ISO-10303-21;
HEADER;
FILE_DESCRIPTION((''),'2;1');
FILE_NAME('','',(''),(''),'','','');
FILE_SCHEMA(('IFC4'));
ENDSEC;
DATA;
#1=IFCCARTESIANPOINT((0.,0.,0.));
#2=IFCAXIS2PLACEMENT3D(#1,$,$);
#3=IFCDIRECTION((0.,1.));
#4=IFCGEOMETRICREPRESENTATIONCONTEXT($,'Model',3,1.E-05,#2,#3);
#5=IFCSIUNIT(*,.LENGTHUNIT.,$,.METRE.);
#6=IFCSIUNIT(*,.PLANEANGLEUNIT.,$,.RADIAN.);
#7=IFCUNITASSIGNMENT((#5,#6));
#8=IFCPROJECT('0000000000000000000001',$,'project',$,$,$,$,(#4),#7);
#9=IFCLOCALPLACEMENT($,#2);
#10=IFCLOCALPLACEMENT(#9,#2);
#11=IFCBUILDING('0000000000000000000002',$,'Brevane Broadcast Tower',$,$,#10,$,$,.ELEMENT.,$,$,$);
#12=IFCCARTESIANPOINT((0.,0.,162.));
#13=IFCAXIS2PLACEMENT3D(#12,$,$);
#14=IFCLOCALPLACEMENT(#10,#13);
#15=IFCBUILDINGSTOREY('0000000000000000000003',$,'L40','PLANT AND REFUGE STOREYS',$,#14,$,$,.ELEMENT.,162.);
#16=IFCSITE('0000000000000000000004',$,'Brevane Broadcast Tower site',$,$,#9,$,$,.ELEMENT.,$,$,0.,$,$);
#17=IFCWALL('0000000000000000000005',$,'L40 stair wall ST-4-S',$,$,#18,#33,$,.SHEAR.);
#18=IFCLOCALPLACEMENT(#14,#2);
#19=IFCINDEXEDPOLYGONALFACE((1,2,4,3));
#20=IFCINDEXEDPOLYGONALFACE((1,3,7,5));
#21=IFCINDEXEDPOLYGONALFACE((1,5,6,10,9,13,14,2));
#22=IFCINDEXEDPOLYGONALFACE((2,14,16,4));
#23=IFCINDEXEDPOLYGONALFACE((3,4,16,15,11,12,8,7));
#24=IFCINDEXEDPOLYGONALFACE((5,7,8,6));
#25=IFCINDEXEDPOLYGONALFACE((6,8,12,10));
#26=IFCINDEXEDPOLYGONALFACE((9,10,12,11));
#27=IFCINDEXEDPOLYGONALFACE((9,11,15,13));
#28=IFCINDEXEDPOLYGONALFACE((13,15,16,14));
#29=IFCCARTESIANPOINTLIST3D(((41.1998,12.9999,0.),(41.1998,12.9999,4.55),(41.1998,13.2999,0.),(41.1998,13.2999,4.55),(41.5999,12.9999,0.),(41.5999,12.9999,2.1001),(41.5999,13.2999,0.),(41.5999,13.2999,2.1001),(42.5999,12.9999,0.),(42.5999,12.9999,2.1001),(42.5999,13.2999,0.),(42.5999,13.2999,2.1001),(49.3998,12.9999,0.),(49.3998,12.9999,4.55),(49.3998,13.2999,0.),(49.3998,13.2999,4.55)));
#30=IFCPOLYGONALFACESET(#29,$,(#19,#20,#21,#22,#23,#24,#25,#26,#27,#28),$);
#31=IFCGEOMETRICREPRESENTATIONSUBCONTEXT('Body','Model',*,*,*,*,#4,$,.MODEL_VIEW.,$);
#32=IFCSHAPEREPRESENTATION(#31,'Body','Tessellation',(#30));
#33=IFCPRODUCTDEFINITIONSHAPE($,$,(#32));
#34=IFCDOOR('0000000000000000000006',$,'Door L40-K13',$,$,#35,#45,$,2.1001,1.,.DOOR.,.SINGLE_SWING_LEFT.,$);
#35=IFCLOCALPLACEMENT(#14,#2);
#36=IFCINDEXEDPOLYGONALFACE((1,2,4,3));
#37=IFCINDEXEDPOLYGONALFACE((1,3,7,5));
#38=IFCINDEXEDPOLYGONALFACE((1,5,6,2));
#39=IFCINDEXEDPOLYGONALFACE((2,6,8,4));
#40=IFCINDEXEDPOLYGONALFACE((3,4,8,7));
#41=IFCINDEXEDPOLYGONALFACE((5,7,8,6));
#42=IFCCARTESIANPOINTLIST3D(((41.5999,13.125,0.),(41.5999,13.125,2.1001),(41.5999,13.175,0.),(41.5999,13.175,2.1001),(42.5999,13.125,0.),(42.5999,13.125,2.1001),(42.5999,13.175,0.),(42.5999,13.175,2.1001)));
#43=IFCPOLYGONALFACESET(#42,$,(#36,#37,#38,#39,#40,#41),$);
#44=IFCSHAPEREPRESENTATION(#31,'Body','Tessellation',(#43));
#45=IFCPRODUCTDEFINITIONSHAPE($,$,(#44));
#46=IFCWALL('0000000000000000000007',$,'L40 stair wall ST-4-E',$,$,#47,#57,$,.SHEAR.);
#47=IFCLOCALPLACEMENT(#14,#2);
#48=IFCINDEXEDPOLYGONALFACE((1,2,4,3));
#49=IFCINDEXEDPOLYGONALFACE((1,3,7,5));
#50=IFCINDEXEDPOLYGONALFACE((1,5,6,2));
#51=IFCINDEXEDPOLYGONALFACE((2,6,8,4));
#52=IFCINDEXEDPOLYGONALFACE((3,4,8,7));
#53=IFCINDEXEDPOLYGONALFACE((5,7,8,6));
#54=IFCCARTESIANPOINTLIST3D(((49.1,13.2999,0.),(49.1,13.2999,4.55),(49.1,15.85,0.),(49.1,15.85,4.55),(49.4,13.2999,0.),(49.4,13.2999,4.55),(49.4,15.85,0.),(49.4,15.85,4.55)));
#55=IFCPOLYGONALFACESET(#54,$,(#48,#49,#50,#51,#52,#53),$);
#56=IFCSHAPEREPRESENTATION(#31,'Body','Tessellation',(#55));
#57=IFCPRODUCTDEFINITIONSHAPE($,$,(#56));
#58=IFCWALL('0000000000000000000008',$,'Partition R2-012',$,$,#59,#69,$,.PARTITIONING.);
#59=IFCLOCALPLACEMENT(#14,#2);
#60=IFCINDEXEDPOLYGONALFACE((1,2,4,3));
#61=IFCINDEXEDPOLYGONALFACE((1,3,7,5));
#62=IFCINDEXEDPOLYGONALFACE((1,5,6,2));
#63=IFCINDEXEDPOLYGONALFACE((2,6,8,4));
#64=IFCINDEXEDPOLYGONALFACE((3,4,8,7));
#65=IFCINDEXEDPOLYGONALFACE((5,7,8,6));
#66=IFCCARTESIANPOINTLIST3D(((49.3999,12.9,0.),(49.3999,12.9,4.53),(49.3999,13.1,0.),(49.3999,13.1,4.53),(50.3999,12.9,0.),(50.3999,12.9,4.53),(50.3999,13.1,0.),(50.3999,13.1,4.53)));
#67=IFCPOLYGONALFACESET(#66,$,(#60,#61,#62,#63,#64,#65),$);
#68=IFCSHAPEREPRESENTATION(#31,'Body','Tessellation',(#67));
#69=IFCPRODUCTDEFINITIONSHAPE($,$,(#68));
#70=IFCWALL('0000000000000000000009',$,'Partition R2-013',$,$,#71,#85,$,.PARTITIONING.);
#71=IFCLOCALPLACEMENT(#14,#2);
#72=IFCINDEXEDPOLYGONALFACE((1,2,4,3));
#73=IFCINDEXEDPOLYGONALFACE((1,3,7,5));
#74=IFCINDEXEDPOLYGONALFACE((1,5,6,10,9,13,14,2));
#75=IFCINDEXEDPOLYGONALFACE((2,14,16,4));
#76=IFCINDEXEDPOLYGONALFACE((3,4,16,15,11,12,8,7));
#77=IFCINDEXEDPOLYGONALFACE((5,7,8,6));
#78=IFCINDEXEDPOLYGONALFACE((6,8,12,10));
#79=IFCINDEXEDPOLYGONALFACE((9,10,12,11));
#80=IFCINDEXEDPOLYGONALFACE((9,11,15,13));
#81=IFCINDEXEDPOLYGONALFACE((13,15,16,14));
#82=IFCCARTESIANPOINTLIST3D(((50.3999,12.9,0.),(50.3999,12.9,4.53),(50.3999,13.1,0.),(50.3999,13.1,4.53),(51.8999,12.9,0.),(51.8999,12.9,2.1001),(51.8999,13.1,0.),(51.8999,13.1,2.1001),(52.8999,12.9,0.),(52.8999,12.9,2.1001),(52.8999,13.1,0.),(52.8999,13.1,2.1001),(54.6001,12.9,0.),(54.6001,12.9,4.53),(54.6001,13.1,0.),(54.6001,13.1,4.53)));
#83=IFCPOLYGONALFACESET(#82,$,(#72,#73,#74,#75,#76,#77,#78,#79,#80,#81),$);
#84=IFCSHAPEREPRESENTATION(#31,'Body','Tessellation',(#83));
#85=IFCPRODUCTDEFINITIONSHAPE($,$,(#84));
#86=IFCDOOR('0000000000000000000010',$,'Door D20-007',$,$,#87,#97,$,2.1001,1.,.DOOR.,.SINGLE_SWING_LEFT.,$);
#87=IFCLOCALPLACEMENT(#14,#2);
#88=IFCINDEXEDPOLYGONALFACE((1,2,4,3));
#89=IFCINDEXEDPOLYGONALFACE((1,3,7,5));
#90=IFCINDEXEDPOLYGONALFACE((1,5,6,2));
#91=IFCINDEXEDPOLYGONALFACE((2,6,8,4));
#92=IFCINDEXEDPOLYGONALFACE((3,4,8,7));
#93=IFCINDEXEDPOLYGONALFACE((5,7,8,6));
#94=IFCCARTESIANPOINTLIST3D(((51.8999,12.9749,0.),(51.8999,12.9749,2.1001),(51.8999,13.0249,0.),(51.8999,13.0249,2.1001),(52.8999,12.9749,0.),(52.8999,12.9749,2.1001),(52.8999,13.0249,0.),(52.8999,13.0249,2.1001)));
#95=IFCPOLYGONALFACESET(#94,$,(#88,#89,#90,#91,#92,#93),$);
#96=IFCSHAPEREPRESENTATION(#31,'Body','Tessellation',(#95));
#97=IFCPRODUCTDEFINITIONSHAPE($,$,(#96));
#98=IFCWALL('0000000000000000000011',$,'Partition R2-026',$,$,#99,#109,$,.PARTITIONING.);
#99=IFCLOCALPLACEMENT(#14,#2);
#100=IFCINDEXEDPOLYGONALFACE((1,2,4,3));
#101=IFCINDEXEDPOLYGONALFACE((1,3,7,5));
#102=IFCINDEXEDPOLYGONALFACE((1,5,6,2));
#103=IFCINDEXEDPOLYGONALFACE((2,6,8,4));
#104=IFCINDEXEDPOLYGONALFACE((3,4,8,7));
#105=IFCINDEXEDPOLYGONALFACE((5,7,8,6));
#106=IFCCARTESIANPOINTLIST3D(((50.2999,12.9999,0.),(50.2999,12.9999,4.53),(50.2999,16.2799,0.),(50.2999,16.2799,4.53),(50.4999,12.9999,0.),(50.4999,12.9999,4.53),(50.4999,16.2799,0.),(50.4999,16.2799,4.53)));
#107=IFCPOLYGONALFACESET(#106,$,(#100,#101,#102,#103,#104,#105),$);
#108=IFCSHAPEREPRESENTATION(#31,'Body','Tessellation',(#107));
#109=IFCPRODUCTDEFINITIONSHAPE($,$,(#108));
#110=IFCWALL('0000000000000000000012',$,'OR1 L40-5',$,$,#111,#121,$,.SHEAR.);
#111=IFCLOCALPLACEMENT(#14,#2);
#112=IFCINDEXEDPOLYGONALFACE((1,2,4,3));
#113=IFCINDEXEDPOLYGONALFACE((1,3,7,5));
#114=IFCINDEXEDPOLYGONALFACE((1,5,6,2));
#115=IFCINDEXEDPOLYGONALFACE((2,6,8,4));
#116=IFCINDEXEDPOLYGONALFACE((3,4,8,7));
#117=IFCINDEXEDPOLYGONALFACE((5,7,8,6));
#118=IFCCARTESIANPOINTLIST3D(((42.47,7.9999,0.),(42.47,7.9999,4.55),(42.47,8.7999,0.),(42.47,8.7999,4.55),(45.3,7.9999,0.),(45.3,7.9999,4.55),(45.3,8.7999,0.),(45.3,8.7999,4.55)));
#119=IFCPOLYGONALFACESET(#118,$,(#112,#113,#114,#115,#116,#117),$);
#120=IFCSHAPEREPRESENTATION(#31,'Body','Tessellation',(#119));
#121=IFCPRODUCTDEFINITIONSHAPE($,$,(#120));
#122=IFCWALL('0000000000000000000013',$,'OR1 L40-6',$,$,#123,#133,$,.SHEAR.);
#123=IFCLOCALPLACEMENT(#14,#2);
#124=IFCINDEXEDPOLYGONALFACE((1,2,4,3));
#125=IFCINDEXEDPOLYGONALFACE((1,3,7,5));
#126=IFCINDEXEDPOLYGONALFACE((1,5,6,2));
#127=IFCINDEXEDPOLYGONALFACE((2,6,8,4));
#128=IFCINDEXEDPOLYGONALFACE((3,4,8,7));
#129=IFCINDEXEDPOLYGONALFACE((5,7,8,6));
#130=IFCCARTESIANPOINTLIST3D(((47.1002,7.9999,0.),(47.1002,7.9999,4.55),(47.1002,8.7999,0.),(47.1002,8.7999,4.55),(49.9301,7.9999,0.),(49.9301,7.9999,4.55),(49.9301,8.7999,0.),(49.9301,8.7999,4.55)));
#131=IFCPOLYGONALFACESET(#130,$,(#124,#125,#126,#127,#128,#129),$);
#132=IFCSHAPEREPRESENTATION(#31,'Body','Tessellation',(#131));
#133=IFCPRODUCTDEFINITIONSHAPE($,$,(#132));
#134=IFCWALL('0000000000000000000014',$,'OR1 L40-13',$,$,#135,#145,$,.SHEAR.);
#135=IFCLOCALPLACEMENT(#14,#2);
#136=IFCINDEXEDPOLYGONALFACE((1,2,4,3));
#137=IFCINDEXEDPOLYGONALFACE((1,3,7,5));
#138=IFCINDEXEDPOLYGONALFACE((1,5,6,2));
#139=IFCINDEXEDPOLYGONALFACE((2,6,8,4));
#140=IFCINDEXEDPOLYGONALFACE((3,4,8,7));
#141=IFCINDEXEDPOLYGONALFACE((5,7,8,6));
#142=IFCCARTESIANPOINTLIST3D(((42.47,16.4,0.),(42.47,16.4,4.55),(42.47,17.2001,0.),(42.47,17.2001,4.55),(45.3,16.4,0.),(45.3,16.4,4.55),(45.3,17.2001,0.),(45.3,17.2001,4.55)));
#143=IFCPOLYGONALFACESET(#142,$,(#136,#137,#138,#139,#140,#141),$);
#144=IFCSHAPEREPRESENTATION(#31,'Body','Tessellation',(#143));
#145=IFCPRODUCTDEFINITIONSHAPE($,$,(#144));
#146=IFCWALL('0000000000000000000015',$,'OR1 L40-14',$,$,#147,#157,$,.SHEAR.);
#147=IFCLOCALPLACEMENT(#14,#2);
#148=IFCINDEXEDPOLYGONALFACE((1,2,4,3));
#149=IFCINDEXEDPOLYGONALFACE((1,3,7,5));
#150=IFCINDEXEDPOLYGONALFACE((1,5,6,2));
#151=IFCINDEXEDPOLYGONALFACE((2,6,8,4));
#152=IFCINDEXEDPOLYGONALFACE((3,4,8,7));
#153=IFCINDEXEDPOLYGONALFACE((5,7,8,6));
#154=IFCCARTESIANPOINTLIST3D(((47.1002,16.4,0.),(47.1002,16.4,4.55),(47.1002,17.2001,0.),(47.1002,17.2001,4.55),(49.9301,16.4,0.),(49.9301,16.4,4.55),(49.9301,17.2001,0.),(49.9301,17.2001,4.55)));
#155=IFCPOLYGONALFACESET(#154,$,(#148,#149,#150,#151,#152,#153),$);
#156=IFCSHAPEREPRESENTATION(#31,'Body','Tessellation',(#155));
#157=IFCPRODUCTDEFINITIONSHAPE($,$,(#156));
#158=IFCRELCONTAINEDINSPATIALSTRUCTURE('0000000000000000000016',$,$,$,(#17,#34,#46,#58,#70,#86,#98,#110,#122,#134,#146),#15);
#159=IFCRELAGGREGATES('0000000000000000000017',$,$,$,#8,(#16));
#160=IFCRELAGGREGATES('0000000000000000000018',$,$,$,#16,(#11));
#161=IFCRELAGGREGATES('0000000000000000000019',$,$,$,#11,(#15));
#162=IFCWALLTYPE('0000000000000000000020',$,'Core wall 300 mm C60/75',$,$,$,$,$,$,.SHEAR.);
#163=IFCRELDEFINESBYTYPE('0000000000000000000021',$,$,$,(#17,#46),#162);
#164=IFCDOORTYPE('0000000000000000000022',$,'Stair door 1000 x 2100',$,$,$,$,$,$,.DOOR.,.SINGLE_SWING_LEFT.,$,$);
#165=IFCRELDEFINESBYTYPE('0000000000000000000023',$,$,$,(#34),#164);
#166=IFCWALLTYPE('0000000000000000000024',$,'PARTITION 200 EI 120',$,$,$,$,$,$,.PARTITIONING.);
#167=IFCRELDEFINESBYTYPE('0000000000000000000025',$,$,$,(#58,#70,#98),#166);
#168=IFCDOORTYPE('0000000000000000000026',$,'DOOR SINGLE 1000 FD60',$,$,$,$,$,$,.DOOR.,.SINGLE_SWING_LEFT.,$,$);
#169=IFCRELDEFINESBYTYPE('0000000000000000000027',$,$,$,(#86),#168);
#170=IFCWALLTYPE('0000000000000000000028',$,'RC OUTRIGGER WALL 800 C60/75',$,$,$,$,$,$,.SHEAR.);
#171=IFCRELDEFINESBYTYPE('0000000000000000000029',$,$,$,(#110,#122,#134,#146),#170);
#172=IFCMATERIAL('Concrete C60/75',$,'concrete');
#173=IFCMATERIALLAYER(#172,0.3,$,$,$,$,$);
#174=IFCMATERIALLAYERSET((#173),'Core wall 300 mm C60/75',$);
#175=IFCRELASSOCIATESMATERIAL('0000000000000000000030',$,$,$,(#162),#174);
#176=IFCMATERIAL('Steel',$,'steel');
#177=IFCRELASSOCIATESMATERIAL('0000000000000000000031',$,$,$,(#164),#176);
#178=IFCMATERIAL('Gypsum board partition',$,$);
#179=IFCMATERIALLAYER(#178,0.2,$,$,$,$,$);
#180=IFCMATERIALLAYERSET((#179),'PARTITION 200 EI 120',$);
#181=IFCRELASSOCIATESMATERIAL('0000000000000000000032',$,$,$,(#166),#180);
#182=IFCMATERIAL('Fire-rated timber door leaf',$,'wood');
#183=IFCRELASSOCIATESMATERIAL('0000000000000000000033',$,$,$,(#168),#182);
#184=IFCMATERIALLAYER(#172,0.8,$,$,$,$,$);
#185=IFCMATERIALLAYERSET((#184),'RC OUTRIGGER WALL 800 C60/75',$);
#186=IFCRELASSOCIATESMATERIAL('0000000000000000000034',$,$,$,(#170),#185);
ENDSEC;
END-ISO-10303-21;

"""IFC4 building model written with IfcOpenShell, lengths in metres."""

from ifc_helpers import new_model, si_unit, direction, frame, frame_2d, origin, place, context, subcontext, project, spatial, rectangle, extrude, material, layer, layer_set, type_object, element, fill, save


model = new_model("IFC4")

# Units and contexts
model_context = context("Model", 3, precision=1e-05, world=origin(), true_north=direction((0.0, 1.0)))
body_context = subcontext(model_context, "Body", "Model", "MODEL_VIEW")
ifc_project = project(units=[si_unit("LENGTHUNIT", "METRE"), si_unit("PLANEANGLEUNIT", "RADIAN")], contexts=[model_context])

# Site, building, storey
site_placement = place(None, origin())
site = spatial("IfcSite", under=ifc_project, at=site_placement, Name="Brevane Broadcast Tower site", CompositionType="ELEMENT", RefElevation=0.0)
building_placement = place(site_placement, origin())
building = spatial("IfcBuilding", under=site, at=building_placement, Name="Brevane Broadcast Tower", CompositionType="ELEMENT")
storey_placement = place(building_placement, frame((0.0, 0.0, 162.0)))
storey = spatial("IfcBuildingStorey", under=building, at=storey_placement, Name="L40", Description="PLANT AND REFUGE STOREYS", CompositionType="ELEMENT", Elevation=162.0)

# Shared definitions
ifc_material_1 = material(Name="Concrete C60/75", Category="concrete")

# Wall, opening, door
ifc_layer_1 = layer(ifc_material_1, 0.3)
ifc_layer_set_1 = layer_set([ifc_layer_1], Name="Core wall 300 mm C60/75")
wall_type_1 = type_object("IfcWallType", Name="Core wall 300 mm C60/75", PredefinedType="SHEAR", material=ifc_layer_set_1)
wall_1_placement = place(storey_placement, frame((49.3999, 13.1499, 0.0), z_axis=(0.0, 0.0, 1.0), x_axis=(-1.0, 0.0, 0.0)))
wall_1 = element("IfcWall", 1, at=wall_1_placement, inside=storey, type_object=wall_type_1, Name="L40 stair wall ST-4-S", PredefinedType="SHEAR", context=body_context, shape_type="SweptSolid", body=[
    extrude(rectangle(XDim=8.2, YDim=0.3, at=frame_2d((4.1001, 0.0))), origin(), (0.0, 0.0, 1.0), 4.55),
])
opening_1_placement = place(wall_1_placement, frame((6.8, 0.0, 0.0)))
opening_1 = element("IfcOpeningElement", 2, at=opening_1_placement, cuts=wall_1, PredefinedType="OPENING", context=body_context, shape_type="SweptSolid", body=[
    extrude(rectangle(XDim=1.0, YDim=2.1001, at=frame_2d((0.5, 1.05))), frame((0.0, 0.1599, 0.0), z_axis=(0.0, -1.0, 0.0), x_axis=(1.0, 0.0, 0.0)), (0.0, 0.0, 1.0), 0.3201),
])
ifc_material_2 = material(Name="Steel", Category="steel")
door_type_1 = type_object("IfcDoorType", Name="Stair door 1000 x 2100", OperationType="SINGLE_SWING_LEFT", PredefinedType="DOOR", material=ifc_material_2)
door_1_placement = place(opening_1_placement, origin())
door_1 = element("IfcDoor", 3, at=door_1_placement, inside=storey, type_object=door_type_1, Name="Door L40-K13", OperationType="SINGLE_SWING_LEFT", OverallHeight=2.1001, OverallWidth=1.0, PredefinedType="DOOR", context=body_context, shape_type="SweptSolid", body=[
    extrude(rectangle(XDim=1.0, YDim=2.1001, at=frame_2d((0.5, 1.05))), frame((0.0, 0.0249, 0.0), z_axis=(0.0, -1.0, 0.0), x_axis=(1.0, 0.0, 0.0)), (0.0, 0.0, 1.0), 0.05),
])
fill(opening_1, door_1)

# Walls
wall_2_placement = place(storey_placement, frame((49.25, 13.3, 0.0), z_axis=(0.0, 0.0, 1.0), x_axis=(0.0, 1.0, 0.0)))
element("IfcWall", 4, at=wall_2_placement, inside=storey, type_object=wall_type_1, Name="L40 stair wall ST-4-E", PredefinedType="SHEAR", context=body_context, shape_type="SweptSolid", body=[
    extrude(rectangle(XDim=2.55, YDim=0.3, at=frame_2d((1.2749, 0.0))), origin(), (0.0, 0.0, 1.0), 4.55),
])
ifc_material_3 = material(Name="Gypsum board partition")
ifc_layer_2 = layer(ifc_material_3, 0.2)
ifc_layer_set_2 = layer_set([ifc_layer_2], Name="PARTITION 200 EI 120")
wall_type_2 = type_object("IfcWallType", Name="PARTITION 200 EI 120", PredefinedType="PARTITIONING", material=ifc_layer_set_2)
wall_3_placement = place(storey_placement, frame((49.3999, 13.0, 0.0), z_axis=(0.0, 0.0, 1.0), x_axis=(1.0, 0.0, 0.0)))
element("IfcWall", 5, at=wall_3_placement, inside=storey, type_object=wall_type_2, Name="Partition R2-012", PredefinedType="PARTITIONING", context=body_context, shape_type="SweptSolid", body=[
    extrude(rectangle(XDim=1.0, YDim=0.2, at=frame_2d((0.5, 0.0))), origin(), (0.0, 0.0, 1.0), 4.53),
])

# Wall, opening, door
wall_4_placement = place(storey_placement, frame((50.3999, 13.0, 0.0), z_axis=(0.0, 0.0, 1.0), x_axis=(1.0, 0.0, 0.0)))
wall_4 = element("IfcWall", 6, at=wall_4_placement, inside=storey, type_object=wall_type_2, Name="Partition R2-013", PredefinedType="PARTITIONING", context=body_context, shape_type="SweptSolid", body=[
    extrude(rectangle(XDim=4.2002, YDim=0.2, at=frame_2d((2.1001, 0.0))), origin(), (0.0, 0.0, 1.0), 4.53),
])
opening_2_placement = place(wall_4_placement, frame((1.5, 0.0, 0.0)))
opening_2 = element("IfcOpeningElement", 7, at=opening_2_placement, cuts=wall_4, PredefinedType="OPENING", context=body_context, shape_type="SweptSolid", body=[
    extrude(rectangle(XDim=1.0, YDim=2.1001, at=frame_2d((0.5, 1.05))), frame((0.0, 0.1099, 0.0), z_axis=(0.0, -1.0, 0.0), x_axis=(1.0, 0.0, 0.0)), (0.0, 0.0, 1.0), 0.22),
])
ifc_material_4 = material(Name="Fire-rated timber door leaf", Category="wood")
door_type_2 = type_object("IfcDoorType", Name="DOOR SINGLE 1000 FD60", OperationType="SINGLE_SWING_LEFT", PredefinedType="DOOR", material=ifc_material_4)
door_2_placement = place(opening_2_placement, origin())
door_2 = element("IfcDoor", 8, at=door_2_placement, inside=storey, type_object=door_type_2, Name="Door D20-007", OperationType="SINGLE_SWING_LEFT", OverallHeight=2.1001, OverallWidth=1.0, PredefinedType="DOOR", context=body_context, shape_type="SweptSolid", body=[
    extrude(rectangle(XDim=1.0, YDim=2.1001, at=frame_2d((0.5, 1.05))), frame((0.0, 0.0249, 0.0), z_axis=(0.0, -1.0, 0.0), x_axis=(1.0, 0.0, 0.0)), (0.0, 0.0, 1.0), 0.05),
])
fill(opening_2, door_2)

# Walls
wall_5_placement = place(storey_placement, frame((50.3999, 16.28, 0.0), z_axis=(0.0, 0.0, 1.0), x_axis=(0.0, -1.0, 0.0)))
element("IfcWall", 9, at=wall_5_placement, inside=storey, type_object=wall_type_2, Name="Partition R2-026", PredefinedType="PARTITIONING", context=body_context, shape_type="SweptSolid", body=[
    extrude(rectangle(XDim=3.28, YDim=0.2, at=frame_2d((1.6401, 0.0))), origin(), (0.0, 0.0, 1.0), 4.53),
])
ifc_layer_3 = layer(ifc_material_1, 0.8)
ifc_layer_set_3 = layer_set([ifc_layer_3], Name="RC OUTRIGGER WALL 800 C60/75")
wall_type_3 = type_object("IfcWallType", Name="RC OUTRIGGER WALL 800 C60/75", PredefinedType="SHEAR", material=ifc_layer_set_3)
wall_6_placement = place(storey_placement, frame((42.47, 8.3999, 0.0), z_axis=(0.0, 0.0, 1.0), x_axis=(1.0, 0.0, 0.0)))
element("IfcWall", 10, at=wall_6_placement, inside=storey, type_object=wall_type_3, Name="OR1 L40-5", PredefinedType="SHEAR", context=body_context, shape_type="SweptSolid", body=[
    extrude(rectangle(XDim=2.8301, YDim=0.8, at=frame_2d((1.415, 0.0))), origin(), (0.0, 0.0, 1.0), 4.55),
])
wall_7_placement = place(storey_placement, frame((47.1001, 8.3999, 0.0), z_axis=(0.0, 0.0, 1.0), x_axis=(1.0, 0.0, 0.0)))
element("IfcWall", 11, at=wall_7_placement, inside=storey, type_object=wall_type_3, Name="OR1 L40-6", PredefinedType="SHEAR", context=body_context, shape_type="SweptSolid", body=[
    extrude(rectangle(XDim=2.8298, YDim=0.8, at=frame_2d((1.415, 0.0))), origin(), (0.0, 0.0, 1.0), 4.55),
])
wall_8_placement = place(storey_placement, frame((42.47, 16.8, 0.0), z_axis=(0.0, 0.0, 1.0), x_axis=(1.0, 0.0, 0.0)))
element("IfcWall", 12, at=wall_8_placement, inside=storey, type_object=wall_type_3, Name="OR1 L40-13", PredefinedType="SHEAR", context=body_context, shape_type="SweptSolid", body=[
    extrude(rectangle(XDim=2.8301, YDim=0.8, at=frame_2d((1.415, 0.0))), origin(), (0.0, 0.0, 1.0), 4.55),
])
wall_9_placement = place(storey_placement, frame((47.1001, 16.8, 0.0), z_axis=(0.0, 0.0, 1.0), x_axis=(1.0, 0.0, 0.0)))
element("IfcWall", 13, at=wall_9_placement, inside=storey, type_object=wall_type_3, Name="OR1 L40-14", PredefinedType="SHEAR", context=body_context, shape_type="SweptSolid", body=[
    extrude(rectangle(XDim=2.8298, YDim=0.8, at=frame_2d((1.415, 0.0))), origin(), (0.0, 0.0, 1.0), 4.55),
])

save(model, "model.ifc")
